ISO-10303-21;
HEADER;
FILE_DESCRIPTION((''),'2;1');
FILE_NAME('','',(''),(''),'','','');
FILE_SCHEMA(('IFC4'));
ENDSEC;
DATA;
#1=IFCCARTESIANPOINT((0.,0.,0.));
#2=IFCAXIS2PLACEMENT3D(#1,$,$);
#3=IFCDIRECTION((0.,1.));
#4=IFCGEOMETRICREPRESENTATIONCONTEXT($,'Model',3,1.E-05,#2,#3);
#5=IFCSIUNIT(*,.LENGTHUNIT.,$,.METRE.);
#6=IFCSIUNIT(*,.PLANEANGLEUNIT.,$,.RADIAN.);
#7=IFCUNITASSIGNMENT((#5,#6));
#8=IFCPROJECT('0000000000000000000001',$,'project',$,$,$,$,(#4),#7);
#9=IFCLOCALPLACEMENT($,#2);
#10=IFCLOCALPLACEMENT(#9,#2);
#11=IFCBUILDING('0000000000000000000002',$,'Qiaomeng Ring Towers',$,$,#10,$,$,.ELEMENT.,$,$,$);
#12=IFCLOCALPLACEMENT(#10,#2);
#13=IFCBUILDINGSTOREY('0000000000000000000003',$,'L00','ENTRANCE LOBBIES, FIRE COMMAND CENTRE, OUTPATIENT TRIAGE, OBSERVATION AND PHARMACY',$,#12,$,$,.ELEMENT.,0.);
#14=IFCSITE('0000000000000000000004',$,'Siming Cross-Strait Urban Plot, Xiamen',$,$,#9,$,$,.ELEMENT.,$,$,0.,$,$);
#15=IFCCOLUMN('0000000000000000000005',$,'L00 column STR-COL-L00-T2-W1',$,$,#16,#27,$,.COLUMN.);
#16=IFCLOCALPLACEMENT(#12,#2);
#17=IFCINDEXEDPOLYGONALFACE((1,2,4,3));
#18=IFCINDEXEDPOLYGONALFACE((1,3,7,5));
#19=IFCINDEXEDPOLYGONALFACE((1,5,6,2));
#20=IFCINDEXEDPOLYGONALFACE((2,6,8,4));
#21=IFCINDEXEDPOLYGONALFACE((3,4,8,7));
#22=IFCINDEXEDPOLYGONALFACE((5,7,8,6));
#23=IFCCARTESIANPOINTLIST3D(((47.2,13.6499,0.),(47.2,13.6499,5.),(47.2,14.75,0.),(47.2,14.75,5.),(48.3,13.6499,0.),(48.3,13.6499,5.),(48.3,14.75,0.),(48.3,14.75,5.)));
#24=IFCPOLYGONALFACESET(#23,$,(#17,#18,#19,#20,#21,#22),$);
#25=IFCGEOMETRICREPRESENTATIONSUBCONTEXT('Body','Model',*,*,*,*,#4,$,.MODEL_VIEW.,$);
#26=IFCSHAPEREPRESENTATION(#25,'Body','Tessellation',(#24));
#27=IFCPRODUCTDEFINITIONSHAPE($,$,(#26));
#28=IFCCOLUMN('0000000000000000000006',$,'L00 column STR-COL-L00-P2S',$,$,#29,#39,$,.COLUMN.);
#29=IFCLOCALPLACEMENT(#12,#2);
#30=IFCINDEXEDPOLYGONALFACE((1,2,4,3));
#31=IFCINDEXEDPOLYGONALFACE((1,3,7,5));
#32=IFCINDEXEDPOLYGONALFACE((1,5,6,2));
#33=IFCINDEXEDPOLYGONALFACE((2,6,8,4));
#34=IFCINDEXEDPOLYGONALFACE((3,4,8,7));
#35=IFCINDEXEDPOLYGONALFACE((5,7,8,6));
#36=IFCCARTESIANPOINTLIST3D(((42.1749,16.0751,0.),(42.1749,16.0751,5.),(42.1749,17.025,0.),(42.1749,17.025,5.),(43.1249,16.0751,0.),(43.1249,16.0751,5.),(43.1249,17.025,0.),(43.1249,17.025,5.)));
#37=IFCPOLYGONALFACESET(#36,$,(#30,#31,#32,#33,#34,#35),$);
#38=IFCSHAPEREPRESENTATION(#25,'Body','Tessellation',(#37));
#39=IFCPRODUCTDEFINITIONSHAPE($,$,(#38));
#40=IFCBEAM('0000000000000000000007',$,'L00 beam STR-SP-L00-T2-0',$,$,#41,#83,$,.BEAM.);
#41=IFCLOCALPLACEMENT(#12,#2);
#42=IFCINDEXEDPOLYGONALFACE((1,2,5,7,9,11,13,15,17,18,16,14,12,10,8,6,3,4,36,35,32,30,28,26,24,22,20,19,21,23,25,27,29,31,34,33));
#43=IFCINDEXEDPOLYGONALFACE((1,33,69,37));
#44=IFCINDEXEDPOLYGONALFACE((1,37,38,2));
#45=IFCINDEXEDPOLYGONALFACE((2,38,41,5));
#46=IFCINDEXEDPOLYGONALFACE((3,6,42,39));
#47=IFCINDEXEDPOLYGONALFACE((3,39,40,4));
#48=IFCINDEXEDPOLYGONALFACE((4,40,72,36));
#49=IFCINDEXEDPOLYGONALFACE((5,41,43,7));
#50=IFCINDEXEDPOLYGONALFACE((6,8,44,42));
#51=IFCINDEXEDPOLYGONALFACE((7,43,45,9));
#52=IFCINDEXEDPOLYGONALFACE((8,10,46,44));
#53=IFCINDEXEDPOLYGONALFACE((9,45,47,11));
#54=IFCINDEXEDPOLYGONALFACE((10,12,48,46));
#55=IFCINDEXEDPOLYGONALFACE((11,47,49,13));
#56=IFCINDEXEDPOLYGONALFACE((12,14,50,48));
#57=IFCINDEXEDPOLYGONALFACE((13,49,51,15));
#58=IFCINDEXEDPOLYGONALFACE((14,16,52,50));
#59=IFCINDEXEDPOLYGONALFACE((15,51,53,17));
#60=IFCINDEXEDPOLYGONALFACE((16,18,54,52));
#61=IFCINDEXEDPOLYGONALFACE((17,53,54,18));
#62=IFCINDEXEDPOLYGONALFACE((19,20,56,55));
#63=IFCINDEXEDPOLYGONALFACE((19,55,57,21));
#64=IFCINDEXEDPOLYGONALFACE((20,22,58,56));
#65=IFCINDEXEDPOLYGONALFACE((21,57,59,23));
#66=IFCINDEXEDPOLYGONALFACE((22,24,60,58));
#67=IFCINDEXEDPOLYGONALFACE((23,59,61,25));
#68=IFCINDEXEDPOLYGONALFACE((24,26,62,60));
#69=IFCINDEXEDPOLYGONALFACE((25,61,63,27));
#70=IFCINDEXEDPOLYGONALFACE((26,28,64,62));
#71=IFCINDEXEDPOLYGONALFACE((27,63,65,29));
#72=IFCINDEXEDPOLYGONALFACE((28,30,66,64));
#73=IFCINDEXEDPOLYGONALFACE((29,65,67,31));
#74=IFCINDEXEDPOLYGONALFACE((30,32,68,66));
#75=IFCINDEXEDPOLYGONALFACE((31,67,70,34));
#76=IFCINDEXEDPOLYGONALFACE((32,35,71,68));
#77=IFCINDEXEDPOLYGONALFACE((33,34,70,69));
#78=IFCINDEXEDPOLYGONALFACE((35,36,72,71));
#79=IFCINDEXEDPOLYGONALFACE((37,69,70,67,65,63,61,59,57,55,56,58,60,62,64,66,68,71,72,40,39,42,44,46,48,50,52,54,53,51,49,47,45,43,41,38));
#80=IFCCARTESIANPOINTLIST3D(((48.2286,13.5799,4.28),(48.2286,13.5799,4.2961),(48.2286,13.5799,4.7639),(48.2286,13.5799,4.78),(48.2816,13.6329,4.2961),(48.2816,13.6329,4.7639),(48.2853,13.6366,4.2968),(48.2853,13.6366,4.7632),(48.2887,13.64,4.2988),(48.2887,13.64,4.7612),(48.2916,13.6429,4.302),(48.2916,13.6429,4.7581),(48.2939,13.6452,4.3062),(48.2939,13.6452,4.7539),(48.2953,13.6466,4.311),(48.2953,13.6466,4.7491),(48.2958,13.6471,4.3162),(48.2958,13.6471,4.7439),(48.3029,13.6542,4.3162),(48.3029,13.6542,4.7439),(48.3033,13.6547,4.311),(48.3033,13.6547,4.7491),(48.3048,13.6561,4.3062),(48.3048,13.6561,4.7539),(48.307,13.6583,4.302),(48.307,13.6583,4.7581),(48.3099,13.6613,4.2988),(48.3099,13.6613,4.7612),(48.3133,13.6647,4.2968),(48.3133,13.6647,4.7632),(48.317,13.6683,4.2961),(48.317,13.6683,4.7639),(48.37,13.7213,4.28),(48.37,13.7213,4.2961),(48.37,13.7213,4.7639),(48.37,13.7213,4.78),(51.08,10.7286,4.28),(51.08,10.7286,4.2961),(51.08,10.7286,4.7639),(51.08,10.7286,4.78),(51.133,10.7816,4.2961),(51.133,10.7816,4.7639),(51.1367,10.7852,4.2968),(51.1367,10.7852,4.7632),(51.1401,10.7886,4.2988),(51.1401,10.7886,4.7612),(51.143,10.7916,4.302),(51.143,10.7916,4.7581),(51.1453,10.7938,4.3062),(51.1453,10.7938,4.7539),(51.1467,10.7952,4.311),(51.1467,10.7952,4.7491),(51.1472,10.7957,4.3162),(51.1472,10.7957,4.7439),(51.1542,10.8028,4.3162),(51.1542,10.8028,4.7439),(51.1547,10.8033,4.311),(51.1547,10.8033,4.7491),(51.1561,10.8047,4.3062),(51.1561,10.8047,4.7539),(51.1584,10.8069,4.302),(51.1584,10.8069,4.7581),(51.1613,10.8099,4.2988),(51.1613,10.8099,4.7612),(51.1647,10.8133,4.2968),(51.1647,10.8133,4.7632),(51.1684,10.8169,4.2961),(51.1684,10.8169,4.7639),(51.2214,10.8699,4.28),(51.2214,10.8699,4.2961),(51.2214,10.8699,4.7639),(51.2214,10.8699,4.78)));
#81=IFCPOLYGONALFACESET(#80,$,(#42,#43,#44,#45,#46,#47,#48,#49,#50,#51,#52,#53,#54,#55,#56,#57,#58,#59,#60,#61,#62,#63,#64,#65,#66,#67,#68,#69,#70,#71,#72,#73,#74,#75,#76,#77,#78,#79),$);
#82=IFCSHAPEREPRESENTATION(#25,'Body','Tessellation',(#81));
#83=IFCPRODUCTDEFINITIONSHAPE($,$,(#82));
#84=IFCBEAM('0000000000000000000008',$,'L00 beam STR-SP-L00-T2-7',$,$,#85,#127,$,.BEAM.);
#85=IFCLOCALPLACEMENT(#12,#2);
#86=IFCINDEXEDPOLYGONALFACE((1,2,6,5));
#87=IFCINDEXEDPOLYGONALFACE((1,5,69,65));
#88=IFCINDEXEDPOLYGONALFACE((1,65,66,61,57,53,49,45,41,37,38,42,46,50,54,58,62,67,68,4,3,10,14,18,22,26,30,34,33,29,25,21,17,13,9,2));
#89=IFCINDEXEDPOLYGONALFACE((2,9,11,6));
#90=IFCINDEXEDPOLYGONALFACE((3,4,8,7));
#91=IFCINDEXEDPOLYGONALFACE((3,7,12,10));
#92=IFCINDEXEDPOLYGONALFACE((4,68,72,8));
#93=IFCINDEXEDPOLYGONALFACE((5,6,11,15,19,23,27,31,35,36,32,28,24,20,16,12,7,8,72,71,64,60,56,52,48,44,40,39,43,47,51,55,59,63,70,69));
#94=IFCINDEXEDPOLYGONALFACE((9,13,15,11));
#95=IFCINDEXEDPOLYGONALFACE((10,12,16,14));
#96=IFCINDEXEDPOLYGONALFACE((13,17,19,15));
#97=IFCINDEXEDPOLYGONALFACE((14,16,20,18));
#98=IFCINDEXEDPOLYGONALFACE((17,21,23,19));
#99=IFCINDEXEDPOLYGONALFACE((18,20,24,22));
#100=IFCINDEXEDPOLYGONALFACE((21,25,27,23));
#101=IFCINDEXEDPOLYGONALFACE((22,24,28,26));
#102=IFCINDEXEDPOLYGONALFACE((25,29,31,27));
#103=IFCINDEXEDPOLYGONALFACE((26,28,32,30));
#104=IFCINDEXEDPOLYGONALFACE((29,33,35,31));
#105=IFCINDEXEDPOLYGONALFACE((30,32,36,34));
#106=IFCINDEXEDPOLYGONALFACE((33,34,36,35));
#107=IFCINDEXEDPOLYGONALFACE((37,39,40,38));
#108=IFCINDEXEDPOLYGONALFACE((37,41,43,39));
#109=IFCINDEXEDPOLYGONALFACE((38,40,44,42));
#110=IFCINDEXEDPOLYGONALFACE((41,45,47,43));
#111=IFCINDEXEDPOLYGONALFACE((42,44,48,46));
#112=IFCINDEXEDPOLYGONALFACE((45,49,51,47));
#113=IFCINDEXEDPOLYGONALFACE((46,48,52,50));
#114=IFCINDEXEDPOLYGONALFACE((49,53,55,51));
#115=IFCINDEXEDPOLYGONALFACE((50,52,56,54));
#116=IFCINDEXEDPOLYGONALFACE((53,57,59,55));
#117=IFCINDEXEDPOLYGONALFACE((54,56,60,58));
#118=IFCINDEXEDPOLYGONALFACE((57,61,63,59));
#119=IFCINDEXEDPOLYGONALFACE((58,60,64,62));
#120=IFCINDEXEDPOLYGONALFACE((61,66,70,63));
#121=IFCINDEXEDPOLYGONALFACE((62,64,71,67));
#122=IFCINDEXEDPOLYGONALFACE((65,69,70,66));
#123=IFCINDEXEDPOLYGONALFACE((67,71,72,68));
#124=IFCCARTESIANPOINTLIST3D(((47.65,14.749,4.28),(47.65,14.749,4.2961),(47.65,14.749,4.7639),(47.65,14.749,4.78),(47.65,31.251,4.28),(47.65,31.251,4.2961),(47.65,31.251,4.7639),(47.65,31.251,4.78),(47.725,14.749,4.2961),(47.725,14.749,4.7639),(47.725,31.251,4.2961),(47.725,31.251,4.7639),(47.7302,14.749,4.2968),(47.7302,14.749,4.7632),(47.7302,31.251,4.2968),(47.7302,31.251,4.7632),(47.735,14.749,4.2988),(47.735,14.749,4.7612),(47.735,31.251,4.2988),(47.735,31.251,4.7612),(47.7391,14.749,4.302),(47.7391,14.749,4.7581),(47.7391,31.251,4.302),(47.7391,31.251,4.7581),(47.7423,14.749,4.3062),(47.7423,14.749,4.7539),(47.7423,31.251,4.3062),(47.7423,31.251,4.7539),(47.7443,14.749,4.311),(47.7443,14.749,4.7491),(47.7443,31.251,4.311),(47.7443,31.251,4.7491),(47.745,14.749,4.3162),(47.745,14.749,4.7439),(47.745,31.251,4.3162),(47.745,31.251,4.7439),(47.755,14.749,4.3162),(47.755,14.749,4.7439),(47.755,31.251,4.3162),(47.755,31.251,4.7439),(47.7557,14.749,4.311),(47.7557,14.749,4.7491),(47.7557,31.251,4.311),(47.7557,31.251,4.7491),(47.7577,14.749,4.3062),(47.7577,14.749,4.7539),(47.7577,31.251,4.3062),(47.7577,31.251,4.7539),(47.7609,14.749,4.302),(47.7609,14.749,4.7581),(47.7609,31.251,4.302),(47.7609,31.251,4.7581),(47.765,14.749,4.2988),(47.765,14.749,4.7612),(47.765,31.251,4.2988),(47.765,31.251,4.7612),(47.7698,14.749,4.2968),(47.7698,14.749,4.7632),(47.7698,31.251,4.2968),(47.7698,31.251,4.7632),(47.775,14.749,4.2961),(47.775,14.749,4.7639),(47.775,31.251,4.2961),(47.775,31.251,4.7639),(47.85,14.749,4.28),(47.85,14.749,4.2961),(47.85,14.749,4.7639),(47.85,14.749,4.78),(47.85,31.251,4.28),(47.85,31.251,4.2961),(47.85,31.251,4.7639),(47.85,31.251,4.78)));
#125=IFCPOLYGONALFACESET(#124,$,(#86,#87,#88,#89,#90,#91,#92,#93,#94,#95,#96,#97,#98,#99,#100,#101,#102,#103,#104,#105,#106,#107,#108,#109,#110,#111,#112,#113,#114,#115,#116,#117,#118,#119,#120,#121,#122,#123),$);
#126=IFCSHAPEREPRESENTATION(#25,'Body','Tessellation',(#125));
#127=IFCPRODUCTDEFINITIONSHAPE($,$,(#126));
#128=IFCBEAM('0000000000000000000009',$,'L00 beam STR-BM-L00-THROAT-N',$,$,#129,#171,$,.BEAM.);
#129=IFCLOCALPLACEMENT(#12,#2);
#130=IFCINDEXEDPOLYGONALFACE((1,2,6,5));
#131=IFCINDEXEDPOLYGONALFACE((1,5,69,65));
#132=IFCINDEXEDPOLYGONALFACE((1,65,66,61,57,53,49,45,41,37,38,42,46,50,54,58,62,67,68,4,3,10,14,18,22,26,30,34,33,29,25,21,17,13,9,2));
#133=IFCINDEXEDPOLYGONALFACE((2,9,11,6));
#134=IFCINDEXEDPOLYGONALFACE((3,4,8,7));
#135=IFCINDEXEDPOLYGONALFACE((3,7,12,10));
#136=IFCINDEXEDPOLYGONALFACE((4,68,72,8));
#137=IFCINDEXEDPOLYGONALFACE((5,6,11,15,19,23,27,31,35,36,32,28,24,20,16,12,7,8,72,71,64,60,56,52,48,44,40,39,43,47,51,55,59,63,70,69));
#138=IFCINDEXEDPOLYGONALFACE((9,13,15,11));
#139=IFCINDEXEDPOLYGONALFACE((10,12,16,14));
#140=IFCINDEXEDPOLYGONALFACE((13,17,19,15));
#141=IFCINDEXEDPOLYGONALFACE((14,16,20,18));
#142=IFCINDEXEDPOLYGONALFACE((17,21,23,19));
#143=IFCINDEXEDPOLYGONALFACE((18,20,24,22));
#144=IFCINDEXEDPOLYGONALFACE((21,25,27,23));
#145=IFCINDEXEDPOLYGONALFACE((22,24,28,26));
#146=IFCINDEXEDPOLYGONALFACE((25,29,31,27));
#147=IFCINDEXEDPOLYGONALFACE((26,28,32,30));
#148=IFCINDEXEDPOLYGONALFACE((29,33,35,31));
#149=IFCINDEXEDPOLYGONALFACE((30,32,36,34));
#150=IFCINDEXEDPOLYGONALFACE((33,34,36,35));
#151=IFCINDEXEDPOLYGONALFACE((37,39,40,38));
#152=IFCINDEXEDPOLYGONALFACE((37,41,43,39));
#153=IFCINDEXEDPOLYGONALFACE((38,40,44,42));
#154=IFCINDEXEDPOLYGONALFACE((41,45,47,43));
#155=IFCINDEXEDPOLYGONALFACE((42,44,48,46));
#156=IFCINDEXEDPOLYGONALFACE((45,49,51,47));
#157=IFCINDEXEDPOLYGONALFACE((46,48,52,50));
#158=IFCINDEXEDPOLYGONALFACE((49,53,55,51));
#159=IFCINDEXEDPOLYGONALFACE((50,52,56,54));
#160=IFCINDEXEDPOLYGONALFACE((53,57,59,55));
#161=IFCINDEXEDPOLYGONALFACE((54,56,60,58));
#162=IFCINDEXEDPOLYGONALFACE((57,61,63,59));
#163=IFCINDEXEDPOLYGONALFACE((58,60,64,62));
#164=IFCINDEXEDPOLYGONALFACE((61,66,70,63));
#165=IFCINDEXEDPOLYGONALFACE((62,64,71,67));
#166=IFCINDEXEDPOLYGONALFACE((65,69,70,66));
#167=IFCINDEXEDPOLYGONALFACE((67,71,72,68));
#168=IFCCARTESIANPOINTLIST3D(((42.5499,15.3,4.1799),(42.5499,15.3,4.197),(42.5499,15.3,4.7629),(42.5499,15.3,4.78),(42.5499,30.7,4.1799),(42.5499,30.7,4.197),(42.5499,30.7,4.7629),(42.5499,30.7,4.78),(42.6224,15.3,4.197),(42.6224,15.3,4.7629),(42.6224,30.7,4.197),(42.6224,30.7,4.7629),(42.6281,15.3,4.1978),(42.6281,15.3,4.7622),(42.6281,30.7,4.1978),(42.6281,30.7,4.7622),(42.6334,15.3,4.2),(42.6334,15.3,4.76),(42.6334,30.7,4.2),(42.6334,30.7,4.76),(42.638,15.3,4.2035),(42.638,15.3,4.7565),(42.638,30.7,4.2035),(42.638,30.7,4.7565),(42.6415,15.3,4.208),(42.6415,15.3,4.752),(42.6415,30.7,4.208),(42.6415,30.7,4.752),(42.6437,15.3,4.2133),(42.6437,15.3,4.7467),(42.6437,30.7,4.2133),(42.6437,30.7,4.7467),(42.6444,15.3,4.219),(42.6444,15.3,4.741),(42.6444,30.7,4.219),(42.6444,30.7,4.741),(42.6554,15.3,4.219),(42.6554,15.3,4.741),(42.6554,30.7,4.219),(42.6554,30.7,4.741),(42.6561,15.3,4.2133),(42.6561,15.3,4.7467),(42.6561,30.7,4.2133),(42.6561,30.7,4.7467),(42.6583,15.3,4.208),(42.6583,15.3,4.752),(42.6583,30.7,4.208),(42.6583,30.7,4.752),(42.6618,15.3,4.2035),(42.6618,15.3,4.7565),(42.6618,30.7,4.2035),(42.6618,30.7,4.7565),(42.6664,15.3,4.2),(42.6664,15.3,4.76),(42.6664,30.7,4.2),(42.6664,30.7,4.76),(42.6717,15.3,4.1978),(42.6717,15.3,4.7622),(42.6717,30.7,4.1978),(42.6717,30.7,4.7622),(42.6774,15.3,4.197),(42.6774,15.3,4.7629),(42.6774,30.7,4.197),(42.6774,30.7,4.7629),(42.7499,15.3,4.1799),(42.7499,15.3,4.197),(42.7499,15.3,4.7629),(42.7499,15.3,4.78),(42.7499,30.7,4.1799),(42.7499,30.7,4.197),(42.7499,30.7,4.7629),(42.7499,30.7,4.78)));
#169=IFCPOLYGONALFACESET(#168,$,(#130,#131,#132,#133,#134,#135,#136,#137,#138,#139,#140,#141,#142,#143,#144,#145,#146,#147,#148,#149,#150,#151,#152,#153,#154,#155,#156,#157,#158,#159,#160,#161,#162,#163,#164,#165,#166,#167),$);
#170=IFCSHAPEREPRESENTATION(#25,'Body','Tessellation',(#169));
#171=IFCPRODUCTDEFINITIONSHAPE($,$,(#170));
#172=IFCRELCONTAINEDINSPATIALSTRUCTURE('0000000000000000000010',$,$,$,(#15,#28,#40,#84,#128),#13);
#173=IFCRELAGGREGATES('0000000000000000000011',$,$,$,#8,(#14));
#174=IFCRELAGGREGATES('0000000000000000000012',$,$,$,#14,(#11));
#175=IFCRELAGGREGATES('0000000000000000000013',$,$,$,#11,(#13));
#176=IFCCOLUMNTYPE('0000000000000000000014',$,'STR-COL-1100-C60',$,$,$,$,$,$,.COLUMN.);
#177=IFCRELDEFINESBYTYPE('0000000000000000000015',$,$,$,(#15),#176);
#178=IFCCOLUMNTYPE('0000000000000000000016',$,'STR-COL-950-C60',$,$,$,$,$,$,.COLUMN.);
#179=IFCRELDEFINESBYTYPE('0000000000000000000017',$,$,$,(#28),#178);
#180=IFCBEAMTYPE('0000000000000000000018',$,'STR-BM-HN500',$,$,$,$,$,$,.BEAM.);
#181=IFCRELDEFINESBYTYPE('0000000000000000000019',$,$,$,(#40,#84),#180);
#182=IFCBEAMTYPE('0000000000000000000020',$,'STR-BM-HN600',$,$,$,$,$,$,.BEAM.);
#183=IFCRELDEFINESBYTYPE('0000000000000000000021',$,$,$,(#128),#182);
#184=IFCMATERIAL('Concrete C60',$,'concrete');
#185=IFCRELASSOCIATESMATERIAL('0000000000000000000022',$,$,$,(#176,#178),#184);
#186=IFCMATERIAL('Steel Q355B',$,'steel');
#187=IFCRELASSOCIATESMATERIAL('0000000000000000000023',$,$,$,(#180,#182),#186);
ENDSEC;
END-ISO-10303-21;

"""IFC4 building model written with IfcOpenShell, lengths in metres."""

from ifc_helpers import new_model, si_unit, direction, frame, origin, origin_2d, place, context, subcontext, project, spatial, rectangle, i_section, extrude, source, transform, mapped, material, material_profile, profile_set, type_object, element, save


model = new_model("IFC4")

# Units and contexts
model_context = context("Model", 3, precision=1e-05, world=origin(), true_north=direction((0.0, 1.0)))
body_context = subcontext(model_context, "Body", "Model", "MODEL_VIEW")
ifc_project = project(units=[si_unit("LENGTHUNIT", "METRE"), si_unit("PLANEANGLEUNIT", "RADIAN")], contexts=[model_context])

# Site, building, storey
site_placement = place(None, origin())
site = spatial("IfcSite", under=ifc_project, at=site_placement, Name="Siming Cross-Strait Urban Plot, Xiamen", CompositionType="ELEMENT", RefElevation=0.0)
building_placement = place(site_placement, origin())
building = spatial("IfcBuilding", under=site, at=building_placement, Name="Qiaomeng Ring Towers", CompositionType="ELEMENT")
storey_placement = place(building_placement, origin())
storey = spatial("IfcBuildingStorey", under=building, at=storey_placement, Name="L00", Description="ENTRANCE LOBBIES, FIRE COMMAND CENTRE, OUTPATIENT TRIAGE, OBSERVATION AND PHARMACY", CompositionType="ELEMENT", Elevation=0.0)

# Columns
ifc_material_1 = material(Name="Concrete C60", Category="concrete")
ifc_material_profile_1 = material_profile(ifc_material_1, rectangle(XDim=1.1001, YDim=1.1001, at=origin_2d()), Name="RC COL 1100x1100")
ifc_profile_set_1 = profile_set([ifc_material_profile_1], Name="Concrete C60")
column_type_1 = type_object("IfcColumnType", Name="STR-COL-1100-C60", PredefinedType="COLUMN", material=ifc_profile_set_1)
shared_shape_1 = source(origin(), body_context, "Body", "SweptSolid", [
    extrude(rectangle(XDim=1.1001, YDim=1.1001, at=origin_2d()), origin(), (0.0, 0.0, 1.0), 5.0),
])
column_1_placement = place(storey_placement, frame((47.75, 14.2, 0.0), z_axis=(0.0, 0.0, 1.0), x_axis=(1.0, 0.0, 0.0)))
element("IfcColumn", 1, at=column_1_placement, inside=storey, type_object=column_type_1, Name="L00 column STR-COL-L00-T2-W1", PredefinedType="COLUMN", context=body_context, shape_type="MappedRepresentation", body=[
    mapped(shared_shape_1, transform((0.0, 0.0, 0.0), x_axis=(1.0, 0.0, 0.0), y_axis=(0.0, 1.0, 0.0), z_axis=(0.0, 0.0, 1.0), scale=1.0)),
])
ifc_material_profile_2 = material_profile(ifc_material_1, rectangle(XDim=0.95, YDim=0.95, at=origin_2d()), Name="RC COL 950x950")
ifc_profile_set_2 = profile_set([ifc_material_profile_2], Name="Concrete C60")
column_type_2 = type_object("IfcColumnType", Name="STR-COL-950-C60", PredefinedType="COLUMN", material=ifc_profile_set_2)
shared_shape_2 = source(origin(), body_context, "Body", "SweptSolid", [
    extrude(rectangle(XDim=0.95, YDim=0.95, at=origin_2d()), origin(), (0.0, 0.0, 1.0), 5.0),
])
column_2_placement = place(storey_placement, frame((42.6499, 16.55, 0.0), z_axis=(0.0, 0.0, 1.0), x_axis=(1.0, 0.0, 0.0)))
element("IfcColumn", 2, at=column_2_placement, inside=storey, type_object=column_type_2, Name="L00 column STR-COL-L00-P2S", PredefinedType="COLUMN", context=body_context, shape_type="MappedRepresentation", body=[
    mapped(shared_shape_2, transform((0.0, 0.0, 0.0), x_axis=(1.0, 0.0, 0.0), y_axis=(0.0, 1.0, 0.0), z_axis=(0.0, 0.0, 1.0), scale=1.0)),
])

# Beams
ifc_material_2 = material(Name="Steel Q355B", Category="steel")
ifc_material_profile_3 = material_profile(ifc_material_2, i_section(OverallWidth=0.2, OverallDepth=0.5, WebThickness=0.01, FlangeThickness=0.0161, FilletRadius=0.02, at=origin_2d()), Name="HN 500x200x10x16")
ifc_profile_set_3 = profile_set([ifc_material_profile_3], Name="Steel Q355B")
beam_type_1 = type_object("IfcBeamType", Name="STR-BM-HN500", PredefinedType="BEAM", material=ifc_profile_set_3)
shared_shape_3 = source(origin(), body_context, "Body", "SweptSolid", [
    extrude(i_section(OverallWidth=0.2, OverallDepth=0.5, WebThickness=0.01, FlangeThickness=0.0161, FilletRadius=0.02, at=origin_2d()), origin(), (0.0, 0.0, 1.0), 4.0325),
])
beam_1_placement = place(storey_placement, frame((48.2993, 13.6506, 4.53), z_axis=(0.707107, -0.707107, 0.0), x_axis=(0.707107, 0.707107, 0.0)))
element("IfcBeam", 3, at=beam_1_placement, inside=storey, type_object=beam_type_1, Name="L00 beam STR-SP-L00-T2-0", PredefinedType="BEAM", context=body_context, shape_type="MappedRepresentation", body=[
    mapped(shared_shape_3, transform((0.0, 0.0, 0.0), x_axis=(1.0, 0.0, 0.0), y_axis=(0.0, 1.0, 0.0), z_axis=(0.0, 0.0, 1.0), scale=1.0)),
])
shared_shape_4 = source(origin(), body_context, "Body", "SweptSolid", [
    extrude(i_section(OverallWidth=0.2, OverallDepth=0.5, WebThickness=0.01, FlangeThickness=0.0161, FilletRadius=0.02, at=origin_2d()), origin(), (0.0, 0.0, 1.0), 16.502),
])
beam_2_placement = place(storey_placement, frame((47.75, 14.749, 4.53), z_axis=(0.0, 1.0, 0.0), x_axis=(-1.0, 0.0, 0.0)))
element("IfcBeam", 4, at=beam_2_placement, inside=storey, type_object=beam_type_1, Name="L00 beam STR-SP-L00-T2-7", PredefinedType="BEAM", context=body_context, shape_type="MappedRepresentation", body=[
    mapped(shared_shape_4, transform((0.0, 0.0, 0.0), x_axis=(1.0, 0.0, 0.0), y_axis=(0.0, 1.0, 0.0), z_axis=(0.0, 0.0, 1.0), scale=1.0)),
])
ifc_material_profile_4 = material_profile(ifc_material_2, i_section(OverallWidth=0.2, OverallDepth=0.6001, WebThickness=0.011, FlangeThickness=0.0171, FilletRadius=0.022, at=origin_2d()), Name="HN 600x200x11x17")
ifc_profile_set_4 = profile_set([ifc_material_profile_4], Name="Steel Q355B")
beam_type_2 = type_object("IfcBeamType", Name="STR-BM-HN600", PredefinedType="BEAM", material=ifc_profile_set_4)
shared_shape_5 = source(origin(), body_context, "Body", "SweptSolid", [
    extrude(i_section(OverallWidth=0.2, OverallDepth=0.6001, WebThickness=0.011, FlangeThickness=0.0171, FilletRadius=0.022, at=origin_2d()), origin(), (0.0, 0.0, 1.0), 15.3999),
])
beam_3_placement = place(storey_placement, frame((42.6499, 15.3, 4.48), z_axis=(0.0, 1.0, 0.0), x_axis=(-1.0, 0.0, 0.0)))
element("IfcBeam", 5, at=beam_3_placement, inside=storey, type_object=beam_type_2, Name="L00 beam STR-BM-L00-THROAT-N", PredefinedType="BEAM", context=body_context, shape_type="MappedRepresentation", body=[
    mapped(shared_shape_5, transform((0.0, 0.0, 0.0), x_axis=(1.0, 0.0, 0.0), y_axis=(0.0, 1.0, 0.0), z_axis=(0.0, 0.0, 1.0), scale=1.0)),
])

save(model, "model.ifc")
